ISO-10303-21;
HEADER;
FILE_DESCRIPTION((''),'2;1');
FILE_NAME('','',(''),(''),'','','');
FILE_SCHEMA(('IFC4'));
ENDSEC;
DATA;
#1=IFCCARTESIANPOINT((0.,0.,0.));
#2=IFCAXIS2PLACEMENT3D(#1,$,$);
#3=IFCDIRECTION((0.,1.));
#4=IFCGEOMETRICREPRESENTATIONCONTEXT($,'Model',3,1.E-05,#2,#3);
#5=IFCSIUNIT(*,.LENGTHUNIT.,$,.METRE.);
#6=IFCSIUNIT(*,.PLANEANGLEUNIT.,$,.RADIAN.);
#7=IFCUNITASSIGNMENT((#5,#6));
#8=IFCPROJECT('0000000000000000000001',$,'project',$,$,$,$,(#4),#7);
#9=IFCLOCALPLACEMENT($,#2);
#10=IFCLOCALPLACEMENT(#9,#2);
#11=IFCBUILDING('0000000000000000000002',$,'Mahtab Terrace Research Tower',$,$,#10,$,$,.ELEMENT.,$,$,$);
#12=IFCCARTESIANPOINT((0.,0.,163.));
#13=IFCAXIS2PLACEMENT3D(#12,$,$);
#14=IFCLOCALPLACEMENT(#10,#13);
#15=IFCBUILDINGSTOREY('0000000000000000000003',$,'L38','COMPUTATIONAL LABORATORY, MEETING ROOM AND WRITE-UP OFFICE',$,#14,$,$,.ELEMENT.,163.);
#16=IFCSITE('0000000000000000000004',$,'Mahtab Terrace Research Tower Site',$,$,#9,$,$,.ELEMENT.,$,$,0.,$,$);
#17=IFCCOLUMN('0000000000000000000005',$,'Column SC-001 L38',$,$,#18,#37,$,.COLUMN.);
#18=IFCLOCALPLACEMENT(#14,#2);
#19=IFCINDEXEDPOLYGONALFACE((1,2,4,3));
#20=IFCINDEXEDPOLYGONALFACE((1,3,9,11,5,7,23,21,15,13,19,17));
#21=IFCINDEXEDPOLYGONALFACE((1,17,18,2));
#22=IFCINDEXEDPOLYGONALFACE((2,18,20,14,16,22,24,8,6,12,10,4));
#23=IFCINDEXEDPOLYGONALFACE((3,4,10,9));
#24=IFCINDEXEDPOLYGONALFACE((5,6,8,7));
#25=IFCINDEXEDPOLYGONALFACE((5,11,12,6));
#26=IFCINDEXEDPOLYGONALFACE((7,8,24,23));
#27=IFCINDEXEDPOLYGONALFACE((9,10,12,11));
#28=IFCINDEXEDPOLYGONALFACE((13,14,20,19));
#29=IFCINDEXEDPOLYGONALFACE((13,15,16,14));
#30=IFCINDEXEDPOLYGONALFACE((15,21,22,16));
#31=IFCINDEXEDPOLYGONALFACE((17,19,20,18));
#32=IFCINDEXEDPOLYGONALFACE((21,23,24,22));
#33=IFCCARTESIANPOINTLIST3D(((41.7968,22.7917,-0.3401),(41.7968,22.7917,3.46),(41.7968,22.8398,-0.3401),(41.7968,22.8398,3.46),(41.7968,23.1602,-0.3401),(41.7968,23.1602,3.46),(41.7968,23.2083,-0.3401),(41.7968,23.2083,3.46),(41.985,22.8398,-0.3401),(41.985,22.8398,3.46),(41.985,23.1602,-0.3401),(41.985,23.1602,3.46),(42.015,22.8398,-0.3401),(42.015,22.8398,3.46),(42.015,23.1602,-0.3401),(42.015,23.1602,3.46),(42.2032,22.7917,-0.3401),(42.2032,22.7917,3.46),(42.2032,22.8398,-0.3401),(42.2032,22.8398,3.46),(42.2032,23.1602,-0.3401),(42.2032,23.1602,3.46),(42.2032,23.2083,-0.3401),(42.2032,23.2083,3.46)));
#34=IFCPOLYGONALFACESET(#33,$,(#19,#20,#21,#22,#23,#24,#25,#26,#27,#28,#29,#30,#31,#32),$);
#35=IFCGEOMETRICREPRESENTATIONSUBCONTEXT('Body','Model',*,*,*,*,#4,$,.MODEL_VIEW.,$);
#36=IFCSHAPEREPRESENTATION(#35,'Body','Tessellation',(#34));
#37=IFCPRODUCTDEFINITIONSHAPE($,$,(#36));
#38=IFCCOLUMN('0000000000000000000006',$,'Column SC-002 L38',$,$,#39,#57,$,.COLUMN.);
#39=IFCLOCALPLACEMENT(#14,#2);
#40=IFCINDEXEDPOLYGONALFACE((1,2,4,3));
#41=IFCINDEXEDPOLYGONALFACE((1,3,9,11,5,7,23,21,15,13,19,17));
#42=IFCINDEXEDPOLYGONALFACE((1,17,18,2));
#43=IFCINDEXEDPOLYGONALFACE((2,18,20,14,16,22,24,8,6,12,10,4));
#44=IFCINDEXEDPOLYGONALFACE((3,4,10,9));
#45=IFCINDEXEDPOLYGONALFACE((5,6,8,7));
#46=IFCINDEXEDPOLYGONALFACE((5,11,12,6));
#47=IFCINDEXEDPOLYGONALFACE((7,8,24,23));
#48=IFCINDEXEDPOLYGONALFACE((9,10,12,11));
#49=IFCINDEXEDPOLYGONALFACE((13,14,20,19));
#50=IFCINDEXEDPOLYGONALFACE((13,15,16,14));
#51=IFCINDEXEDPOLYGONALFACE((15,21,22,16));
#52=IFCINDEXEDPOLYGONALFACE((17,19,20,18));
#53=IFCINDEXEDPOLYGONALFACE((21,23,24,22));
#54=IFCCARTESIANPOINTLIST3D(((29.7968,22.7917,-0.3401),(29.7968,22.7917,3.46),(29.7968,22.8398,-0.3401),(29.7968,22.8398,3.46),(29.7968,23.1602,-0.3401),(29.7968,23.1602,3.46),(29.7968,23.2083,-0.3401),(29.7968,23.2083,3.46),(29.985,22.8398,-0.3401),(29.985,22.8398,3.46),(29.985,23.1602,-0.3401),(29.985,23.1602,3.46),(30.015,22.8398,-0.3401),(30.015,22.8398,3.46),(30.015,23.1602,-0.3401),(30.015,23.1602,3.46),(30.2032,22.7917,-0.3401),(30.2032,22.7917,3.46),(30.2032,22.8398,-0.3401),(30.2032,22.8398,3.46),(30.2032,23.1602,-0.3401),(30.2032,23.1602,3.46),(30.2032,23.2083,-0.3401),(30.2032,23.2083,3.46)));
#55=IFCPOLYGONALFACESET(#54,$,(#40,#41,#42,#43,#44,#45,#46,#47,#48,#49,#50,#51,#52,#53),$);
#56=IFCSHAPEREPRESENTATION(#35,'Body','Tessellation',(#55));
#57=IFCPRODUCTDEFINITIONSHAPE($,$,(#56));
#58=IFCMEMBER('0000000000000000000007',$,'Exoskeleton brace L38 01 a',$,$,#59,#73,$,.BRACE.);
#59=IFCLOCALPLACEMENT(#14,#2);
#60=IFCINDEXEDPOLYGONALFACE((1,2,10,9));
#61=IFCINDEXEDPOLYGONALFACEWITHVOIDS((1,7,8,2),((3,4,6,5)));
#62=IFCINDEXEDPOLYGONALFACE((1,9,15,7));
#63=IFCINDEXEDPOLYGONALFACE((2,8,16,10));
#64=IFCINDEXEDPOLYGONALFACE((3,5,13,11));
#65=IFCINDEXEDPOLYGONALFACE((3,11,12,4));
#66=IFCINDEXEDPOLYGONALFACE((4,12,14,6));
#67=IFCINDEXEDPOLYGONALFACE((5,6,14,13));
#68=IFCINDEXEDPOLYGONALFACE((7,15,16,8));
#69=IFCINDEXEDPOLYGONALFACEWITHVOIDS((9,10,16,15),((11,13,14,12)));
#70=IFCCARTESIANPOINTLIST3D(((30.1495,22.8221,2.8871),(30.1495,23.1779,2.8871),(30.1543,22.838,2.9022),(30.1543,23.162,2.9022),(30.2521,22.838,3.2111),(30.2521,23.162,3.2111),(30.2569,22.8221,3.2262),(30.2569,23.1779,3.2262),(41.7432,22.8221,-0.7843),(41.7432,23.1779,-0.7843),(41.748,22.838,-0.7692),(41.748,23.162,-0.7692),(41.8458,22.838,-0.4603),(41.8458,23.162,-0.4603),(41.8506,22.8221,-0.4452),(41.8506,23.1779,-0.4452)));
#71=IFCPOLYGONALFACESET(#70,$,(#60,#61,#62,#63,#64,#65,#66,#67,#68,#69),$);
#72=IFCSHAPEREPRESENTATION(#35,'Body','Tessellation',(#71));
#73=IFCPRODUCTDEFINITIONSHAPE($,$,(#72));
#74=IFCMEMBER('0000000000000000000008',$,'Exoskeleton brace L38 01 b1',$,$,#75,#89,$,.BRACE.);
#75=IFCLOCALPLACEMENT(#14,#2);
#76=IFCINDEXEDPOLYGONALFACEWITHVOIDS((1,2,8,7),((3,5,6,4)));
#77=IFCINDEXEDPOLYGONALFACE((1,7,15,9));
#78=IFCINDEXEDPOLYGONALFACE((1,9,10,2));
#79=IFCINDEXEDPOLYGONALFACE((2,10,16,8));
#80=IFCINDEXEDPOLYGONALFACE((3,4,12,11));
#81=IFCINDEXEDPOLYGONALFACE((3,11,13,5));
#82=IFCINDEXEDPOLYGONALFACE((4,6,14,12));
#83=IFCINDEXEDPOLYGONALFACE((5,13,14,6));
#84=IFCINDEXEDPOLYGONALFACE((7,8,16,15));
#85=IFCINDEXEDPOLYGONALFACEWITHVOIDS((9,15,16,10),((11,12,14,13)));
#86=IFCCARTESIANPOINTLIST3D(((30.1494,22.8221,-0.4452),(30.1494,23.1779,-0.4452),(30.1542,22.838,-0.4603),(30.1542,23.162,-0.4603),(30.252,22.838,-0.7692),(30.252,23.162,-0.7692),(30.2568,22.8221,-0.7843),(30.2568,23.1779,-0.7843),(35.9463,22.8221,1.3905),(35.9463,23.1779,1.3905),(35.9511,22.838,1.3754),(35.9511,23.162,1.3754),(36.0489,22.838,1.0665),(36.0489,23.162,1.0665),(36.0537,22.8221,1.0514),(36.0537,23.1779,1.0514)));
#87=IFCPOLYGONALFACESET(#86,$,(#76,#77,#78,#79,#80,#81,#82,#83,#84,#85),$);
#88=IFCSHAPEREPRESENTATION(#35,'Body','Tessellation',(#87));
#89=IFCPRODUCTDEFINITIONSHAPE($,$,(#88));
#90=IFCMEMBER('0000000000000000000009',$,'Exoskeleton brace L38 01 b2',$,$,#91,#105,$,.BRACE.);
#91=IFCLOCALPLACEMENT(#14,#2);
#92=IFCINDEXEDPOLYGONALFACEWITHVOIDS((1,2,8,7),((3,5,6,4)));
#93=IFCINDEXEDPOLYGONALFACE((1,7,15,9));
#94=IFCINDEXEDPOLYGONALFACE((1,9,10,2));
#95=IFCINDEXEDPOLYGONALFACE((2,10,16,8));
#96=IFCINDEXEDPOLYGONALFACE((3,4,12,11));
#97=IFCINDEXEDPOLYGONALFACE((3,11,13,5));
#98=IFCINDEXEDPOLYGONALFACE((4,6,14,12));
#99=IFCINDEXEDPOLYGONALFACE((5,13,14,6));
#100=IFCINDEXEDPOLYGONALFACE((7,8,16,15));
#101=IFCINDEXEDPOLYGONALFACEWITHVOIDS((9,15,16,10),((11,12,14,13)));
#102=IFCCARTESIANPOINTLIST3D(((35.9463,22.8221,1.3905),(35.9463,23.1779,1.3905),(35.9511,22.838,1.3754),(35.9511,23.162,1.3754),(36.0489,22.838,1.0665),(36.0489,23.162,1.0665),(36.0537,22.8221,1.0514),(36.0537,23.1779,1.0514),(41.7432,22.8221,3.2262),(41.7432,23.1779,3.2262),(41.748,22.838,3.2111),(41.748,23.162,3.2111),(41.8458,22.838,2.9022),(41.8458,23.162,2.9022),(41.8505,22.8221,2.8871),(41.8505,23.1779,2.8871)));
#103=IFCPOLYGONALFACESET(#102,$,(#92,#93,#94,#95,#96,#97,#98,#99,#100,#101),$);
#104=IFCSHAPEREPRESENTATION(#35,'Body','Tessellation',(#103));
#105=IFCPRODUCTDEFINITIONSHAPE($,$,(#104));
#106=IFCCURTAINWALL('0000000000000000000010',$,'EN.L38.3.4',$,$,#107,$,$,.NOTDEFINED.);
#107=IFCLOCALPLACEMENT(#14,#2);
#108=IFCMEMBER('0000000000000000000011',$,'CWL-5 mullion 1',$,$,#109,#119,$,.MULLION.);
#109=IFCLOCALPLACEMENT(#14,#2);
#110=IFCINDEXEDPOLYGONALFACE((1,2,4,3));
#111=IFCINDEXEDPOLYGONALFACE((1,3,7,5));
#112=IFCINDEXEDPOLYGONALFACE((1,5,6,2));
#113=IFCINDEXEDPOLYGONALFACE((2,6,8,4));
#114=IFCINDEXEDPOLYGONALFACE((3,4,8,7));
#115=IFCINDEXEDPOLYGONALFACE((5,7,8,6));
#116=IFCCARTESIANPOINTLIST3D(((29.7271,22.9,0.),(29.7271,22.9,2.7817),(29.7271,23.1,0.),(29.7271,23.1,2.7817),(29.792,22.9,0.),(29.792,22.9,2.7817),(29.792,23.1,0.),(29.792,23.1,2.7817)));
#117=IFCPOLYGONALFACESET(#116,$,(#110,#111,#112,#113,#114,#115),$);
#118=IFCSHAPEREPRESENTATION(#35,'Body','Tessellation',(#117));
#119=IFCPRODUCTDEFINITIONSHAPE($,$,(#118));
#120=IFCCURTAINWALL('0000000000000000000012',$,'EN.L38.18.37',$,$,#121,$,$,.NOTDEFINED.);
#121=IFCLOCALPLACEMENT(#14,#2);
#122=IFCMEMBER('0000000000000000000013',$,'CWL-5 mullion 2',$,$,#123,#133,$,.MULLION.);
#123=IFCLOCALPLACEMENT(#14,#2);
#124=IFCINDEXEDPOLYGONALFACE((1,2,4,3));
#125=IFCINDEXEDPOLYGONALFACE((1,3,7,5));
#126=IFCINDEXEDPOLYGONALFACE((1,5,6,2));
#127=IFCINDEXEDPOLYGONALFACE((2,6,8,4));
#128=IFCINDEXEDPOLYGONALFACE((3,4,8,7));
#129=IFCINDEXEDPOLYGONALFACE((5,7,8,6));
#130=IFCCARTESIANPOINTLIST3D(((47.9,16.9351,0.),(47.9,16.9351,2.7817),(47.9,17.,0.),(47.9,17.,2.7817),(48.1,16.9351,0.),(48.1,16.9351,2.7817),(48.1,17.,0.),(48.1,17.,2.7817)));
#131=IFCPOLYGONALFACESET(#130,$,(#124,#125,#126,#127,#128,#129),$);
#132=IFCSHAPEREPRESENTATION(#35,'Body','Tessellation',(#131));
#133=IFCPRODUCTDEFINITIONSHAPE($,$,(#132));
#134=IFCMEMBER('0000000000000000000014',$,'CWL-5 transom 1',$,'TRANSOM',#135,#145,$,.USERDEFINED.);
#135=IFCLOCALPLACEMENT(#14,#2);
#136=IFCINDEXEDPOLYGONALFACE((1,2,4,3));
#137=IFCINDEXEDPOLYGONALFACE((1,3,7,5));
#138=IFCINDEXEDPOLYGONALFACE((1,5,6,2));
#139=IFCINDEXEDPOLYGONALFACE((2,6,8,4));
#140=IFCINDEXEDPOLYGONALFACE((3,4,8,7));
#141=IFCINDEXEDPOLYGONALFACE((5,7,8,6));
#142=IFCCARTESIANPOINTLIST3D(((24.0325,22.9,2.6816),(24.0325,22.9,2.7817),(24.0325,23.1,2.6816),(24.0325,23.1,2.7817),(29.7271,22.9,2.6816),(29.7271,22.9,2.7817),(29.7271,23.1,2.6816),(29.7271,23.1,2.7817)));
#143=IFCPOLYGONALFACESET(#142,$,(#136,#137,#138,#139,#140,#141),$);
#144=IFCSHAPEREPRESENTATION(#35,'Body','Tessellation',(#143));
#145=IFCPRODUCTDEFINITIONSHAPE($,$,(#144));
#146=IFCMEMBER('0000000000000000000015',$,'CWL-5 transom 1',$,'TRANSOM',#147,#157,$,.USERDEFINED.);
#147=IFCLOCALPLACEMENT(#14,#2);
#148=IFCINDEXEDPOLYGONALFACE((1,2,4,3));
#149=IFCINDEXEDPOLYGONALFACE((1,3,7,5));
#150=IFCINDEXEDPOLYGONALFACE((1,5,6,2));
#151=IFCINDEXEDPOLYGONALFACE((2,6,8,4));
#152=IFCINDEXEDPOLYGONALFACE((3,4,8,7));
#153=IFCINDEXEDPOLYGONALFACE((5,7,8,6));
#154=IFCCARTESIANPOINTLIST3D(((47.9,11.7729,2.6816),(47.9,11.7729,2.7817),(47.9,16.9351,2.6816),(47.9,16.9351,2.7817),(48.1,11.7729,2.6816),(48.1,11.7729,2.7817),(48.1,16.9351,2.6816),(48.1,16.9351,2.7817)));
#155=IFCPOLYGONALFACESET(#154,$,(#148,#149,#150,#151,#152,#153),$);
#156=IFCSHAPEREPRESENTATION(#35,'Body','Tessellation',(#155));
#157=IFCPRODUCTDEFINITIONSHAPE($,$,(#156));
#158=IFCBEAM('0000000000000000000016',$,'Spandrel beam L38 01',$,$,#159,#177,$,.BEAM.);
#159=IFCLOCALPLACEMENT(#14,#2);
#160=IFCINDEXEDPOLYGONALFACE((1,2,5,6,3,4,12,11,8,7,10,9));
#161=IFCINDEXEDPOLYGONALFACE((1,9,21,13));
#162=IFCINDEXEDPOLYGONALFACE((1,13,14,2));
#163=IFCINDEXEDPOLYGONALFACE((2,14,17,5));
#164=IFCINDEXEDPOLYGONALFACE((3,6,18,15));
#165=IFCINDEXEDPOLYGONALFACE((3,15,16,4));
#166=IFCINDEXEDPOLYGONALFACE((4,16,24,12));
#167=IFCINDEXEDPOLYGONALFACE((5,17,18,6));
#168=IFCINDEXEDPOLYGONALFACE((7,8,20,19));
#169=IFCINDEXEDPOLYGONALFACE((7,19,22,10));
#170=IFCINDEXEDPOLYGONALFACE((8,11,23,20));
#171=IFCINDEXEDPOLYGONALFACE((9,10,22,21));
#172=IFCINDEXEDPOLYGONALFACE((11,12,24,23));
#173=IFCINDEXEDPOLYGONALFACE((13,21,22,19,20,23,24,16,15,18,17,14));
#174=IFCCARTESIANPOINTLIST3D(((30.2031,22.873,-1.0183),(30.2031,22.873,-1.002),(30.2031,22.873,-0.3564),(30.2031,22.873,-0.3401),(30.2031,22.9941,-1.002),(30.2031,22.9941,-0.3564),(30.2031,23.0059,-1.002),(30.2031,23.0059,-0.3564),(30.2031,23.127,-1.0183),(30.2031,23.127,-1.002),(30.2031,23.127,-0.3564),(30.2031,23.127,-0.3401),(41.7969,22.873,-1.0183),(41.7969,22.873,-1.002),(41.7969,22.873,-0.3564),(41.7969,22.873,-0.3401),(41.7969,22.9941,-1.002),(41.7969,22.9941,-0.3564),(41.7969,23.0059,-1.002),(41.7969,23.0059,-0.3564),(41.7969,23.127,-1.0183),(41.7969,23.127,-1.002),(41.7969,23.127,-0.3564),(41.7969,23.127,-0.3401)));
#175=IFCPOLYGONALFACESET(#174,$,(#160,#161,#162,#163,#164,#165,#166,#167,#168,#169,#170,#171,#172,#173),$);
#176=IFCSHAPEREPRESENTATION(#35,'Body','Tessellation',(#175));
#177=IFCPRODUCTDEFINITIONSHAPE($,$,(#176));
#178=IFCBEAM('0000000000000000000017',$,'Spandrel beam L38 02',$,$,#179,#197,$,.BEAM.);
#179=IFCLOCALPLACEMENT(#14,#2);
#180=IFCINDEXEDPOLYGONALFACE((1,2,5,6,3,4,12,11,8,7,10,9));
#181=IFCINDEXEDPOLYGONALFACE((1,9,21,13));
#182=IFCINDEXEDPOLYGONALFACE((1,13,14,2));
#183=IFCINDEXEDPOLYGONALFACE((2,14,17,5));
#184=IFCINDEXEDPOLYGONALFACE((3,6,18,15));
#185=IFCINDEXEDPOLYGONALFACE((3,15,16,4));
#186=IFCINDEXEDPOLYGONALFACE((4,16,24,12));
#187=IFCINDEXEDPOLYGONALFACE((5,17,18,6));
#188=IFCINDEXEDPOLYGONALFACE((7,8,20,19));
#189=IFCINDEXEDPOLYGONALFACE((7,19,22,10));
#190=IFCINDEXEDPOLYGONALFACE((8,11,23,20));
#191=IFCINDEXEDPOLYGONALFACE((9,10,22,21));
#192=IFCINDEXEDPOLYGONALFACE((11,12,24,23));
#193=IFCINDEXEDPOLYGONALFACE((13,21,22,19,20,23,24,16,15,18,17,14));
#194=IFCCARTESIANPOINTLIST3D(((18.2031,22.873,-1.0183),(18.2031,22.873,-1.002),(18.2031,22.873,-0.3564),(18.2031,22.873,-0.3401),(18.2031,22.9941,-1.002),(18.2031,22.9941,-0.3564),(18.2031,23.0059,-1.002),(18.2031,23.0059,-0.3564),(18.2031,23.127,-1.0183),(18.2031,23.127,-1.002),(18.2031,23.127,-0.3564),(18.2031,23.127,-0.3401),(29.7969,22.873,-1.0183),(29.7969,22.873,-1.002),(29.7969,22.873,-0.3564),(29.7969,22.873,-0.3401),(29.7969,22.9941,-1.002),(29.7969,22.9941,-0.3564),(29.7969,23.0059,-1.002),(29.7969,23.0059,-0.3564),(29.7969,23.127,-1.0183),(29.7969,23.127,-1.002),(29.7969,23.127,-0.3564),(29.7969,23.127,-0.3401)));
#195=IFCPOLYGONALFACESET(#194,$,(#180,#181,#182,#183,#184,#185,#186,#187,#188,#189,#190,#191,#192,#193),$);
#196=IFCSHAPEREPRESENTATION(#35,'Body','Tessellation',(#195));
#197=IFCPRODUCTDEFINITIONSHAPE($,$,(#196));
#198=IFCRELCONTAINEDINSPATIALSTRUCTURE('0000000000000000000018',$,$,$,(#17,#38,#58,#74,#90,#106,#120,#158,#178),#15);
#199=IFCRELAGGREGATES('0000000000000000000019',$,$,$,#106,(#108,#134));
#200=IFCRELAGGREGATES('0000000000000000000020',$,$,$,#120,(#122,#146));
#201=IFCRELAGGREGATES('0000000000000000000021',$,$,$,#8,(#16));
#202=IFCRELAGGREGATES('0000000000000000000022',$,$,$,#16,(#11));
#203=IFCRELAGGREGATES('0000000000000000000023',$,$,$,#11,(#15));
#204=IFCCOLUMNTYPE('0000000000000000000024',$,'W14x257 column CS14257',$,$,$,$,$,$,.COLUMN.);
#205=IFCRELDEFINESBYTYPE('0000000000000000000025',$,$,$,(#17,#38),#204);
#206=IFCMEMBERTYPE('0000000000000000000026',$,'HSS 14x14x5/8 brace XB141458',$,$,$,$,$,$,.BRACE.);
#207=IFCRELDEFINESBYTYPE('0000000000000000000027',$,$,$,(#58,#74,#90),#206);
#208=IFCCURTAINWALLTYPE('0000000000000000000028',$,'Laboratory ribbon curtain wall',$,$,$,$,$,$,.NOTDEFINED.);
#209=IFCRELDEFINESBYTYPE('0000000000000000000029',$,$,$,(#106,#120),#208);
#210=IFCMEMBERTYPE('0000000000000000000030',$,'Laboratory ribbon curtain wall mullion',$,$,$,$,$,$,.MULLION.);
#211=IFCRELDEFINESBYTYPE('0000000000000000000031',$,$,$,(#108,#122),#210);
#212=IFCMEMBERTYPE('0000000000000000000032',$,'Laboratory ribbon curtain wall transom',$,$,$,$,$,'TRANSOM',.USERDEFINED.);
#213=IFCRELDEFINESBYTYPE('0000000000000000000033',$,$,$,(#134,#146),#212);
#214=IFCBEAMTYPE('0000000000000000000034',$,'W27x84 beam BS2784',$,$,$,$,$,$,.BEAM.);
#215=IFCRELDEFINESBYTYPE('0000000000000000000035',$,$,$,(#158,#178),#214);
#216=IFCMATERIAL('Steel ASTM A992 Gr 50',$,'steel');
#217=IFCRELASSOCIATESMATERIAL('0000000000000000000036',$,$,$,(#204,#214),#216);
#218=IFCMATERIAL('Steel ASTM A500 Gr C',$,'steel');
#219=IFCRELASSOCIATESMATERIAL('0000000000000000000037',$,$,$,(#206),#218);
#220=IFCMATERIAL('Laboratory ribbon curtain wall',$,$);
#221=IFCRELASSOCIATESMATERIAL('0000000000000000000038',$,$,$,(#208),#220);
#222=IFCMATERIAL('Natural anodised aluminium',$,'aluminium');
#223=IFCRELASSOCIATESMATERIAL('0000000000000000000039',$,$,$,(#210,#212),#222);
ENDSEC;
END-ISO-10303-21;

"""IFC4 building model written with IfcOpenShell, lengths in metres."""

from ifc_helpers import new_model, si_unit, direction, frame, origin, origin_2d, place, context, subcontext, project, spatial, rectangle, hollow_rectangle, i_section, extrude, material, material_profile, profile_set, type_object, element, aggregate, save


model = new_model("IFC4")

# Units and contexts
model_context = context("Model", 3, precision=1e-05, world=origin(), true_north=direction((0.0, 1.0)))
body_context = subcontext(model_context, "Body", "Model", "MODEL_VIEW")
ifc_project = project(units=[si_unit("LENGTHUNIT", "METRE"), si_unit("PLANEANGLEUNIT", "RADIAN")], contexts=[model_context])

# Site, building, storey
site_placement = place(None, origin())
site = spatial("IfcSite", under=ifc_project, at=site_placement, Name="Mahtab Terrace Research Tower Site", CompositionType="ELEMENT", RefElevation=0.0)
building_placement = place(site_placement, origin())
building = spatial("IfcBuilding", under=site, at=building_placement, Name="Mahtab Terrace Research Tower", CompositionType="ELEMENT")
storey_placement = place(building_placement, frame((0.0, 0.0, 163.0)))
storey = spatial("IfcBuildingStorey", under=building, at=storey_placement, Name="L38", Description="COMPUTATIONAL LABORATORY, MEETING ROOM AND WRITE-UP OFFICE", CompositionType="ELEMENT", Elevation=163.0)

# Columns
ifc_material_1 = material(Name="Steel ASTM A992 Gr 50", Category="steel")
ifc_material_profile_1 = material_profile(ifc_material_1, i_section(OverallWidth=0.4065, OverallDepth=0.4165, WebThickness=0.03, FlangeThickness=0.0481, at=origin_2d()), Name="W14X257")
ifc_profile_set_1 = profile_set([ifc_material_profile_1], Name="Steel ASTM A992 Gr 50")
column_type = type_object("IfcColumnType", Name="W14x257 column CS14257", PredefinedType="COLUMN", material=ifc_profile_set_1)
for number, where, z_axis, x_axis, name in (
    (1, (42.0, 23.0, -0.3401), (0.0, 0.0, 1.0), (1.0, 0.0, 0.0), "Column SC-001 L38"),
    (2, (30.0, 23.0, -0.3401), (0.0, 0.0, 1.0), (1.0, 0.0, 0.0), "Column SC-002 L38"),
):
    element("IfcColumn", number, at=place(storey_placement, frame(where, z_axis=z_axis, x_axis=x_axis)), inside=storey, type_object=column_type, Name=name, PredefinedType="COLUMN", context=body_context, shape_type="SweptSolid", body=[
        extrude(i_section(OverallWidth=0.4065, OverallDepth=0.4165, WebThickness=0.03, FlangeThickness=0.0481, at=origin_2d()), origin(), (0.0, 0.0, 1.0), 3.8),
    ])

# Members
ifc_material_2 = material(Name="Steel ASTM A500 Gr C", Category="steel")
ifc_material_profile_2 = material_profile(ifc_material_2, hollow_rectangle(XDim=0.3557, YDim=0.3557, WallThickness=0.0159, at=origin_2d()), Name="HSS14X14X5/8")
ifc_profile_set_2 = profile_set([ifc_material_profile_2], Name="Steel ASTM A500 Gr C")
member_type_1 = type_object("IfcMemberType", Name="HSS 14x14x5/8 brace XB141458", PredefinedType="BRACE", material=ifc_profile_set_2)
member_1_placement = place(storey_placement, frame((41.7969, 23.0, -0.6147), z_axis=(-0.953341, 0.0, 0.301894), x_axis=(0.0, -1.0, 0.0)))
element("IfcMember", 3, at=member_1_placement, inside=storey, type_object=member_type_1, Name="Exoskeleton brace L38 01 a", PredefinedType="BRACE", context=body_context, shape_type="SweptSolid", body=[
    extrude(hollow_rectangle(XDim=0.3557, YDim=0.3557, WallThickness=0.0159, at=origin_2d()), origin(), (0.0, 0.0, 1.0), 12.1611),
])
for number, where, z_axis, x_axis, name in (
    (4, (30.2031, 23.0, -0.6147), (0.953341, 0.0, 0.301894), (0.0, 1.0, 0.0), "Exoskeleton brace L38 01 b1"),
    (5, (36.0, 23.0, 1.2209), (0.953341, 0.0, 0.301894), (0.0, 1.0, 0.0), "Exoskeleton brace L38 01 b2"),
):
    element("IfcMember", number, at=place(storey_placement, frame(where, z_axis=z_axis, x_axis=x_axis)), inside=storey, type_object=member_type_1, Name=name, PredefinedType="BRACE", context=body_context, shape_type="SweptSolid", body=[
        extrude(hollow_rectangle(XDim=0.3557, YDim=0.3557, WallThickness=0.0159, at=origin_2d()), origin(), (0.0, 0.0, 1.0), 6.0806),
    ])

# Curtain walls, members
ifc_material_3 = material(Name="Laboratory ribbon curtain wall")
curtain_wall_type = type_object("IfcCurtainWallType", Name="Laboratory ribbon curtain wall", PredefinedType="NOTDEFINED", material=ifc_material_3)
curtain_wall_1_placement = place(storey_placement, origin())
curtain_wall_1 = element("IfcCurtainWall", 6, at=curtain_wall_1_placement, inside=storey, type_object=curtain_wall_type, Name="EN.L38.3.4", PredefinedType="NOTDEFINED")
ifc_material_4 = material(Name="Natural anodised aluminium", Category="aluminium")
ifc_material_profile_3 = material_profile(ifc_material_4, rectangle(XDim=0.2, YDim=0.0649, at=origin_2d()), Name="MULLION 65x200")
ifc_profile_set_3 = profile_set([ifc_material_profile_3], Name="Natural anodised aluminium")
member_type_2 = type_object("IfcMemberType", Name="Laboratory ribbon curtain wall mullion", PredefinedType="MULLION", material=ifc_profile_set_3)
member_2_placement = place(storey_placement, frame((29.7595, 23.0, 0.0), z_axis=(0.0, 0.0, 1.0), x_axis=(0.0, -1.0, 0.0)))
member_2 = element("IfcMember", 7, at=member_2_placement, type_object=member_type_2, Name="CWL-5 mullion 1", PredefinedType="MULLION", context=body_context, shape_type="SweptSolid", body=[
    extrude(rectangle(XDim=0.2, YDim=0.0649, at=origin_2d()), origin(), (0.0, 0.0, 1.0), 2.7817),
])
curtain_wall_2_placement = place(storey_placement, origin())
curtain_wall_2 = element("IfcCurtainWall", 8, at=curtain_wall_2_placement, inside=storey, type_object=curtain_wall_type, Name="EN.L38.18.37", PredefinedType="NOTDEFINED")
member_3_placement = place(storey_placement, frame((48.0, 16.9675, 0.0), z_axis=(0.0, 0.0, 1.0), x_axis=(-1.0, 0.0, 0.0)))
member_3 = element("IfcMember", 9, at=member_3_placement, type_object=member_type_2, Name="CWL-5 mullion 2", PredefinedType="MULLION", context=body_context, shape_type="SweptSolid", body=[
    extrude(rectangle(XDim=0.2, YDim=0.0649, at=origin_2d()), origin(), (0.0, 0.0, 1.0), 2.7817),
])

# Members
ifc_material_profile_4 = material_profile(ifc_material_4, rectangle(XDim=0.2, YDim=0.1001, at=origin_2d()), Name="TRANSOM 100x200")
ifc_profile_set_4 = profile_set([ifc_material_profile_4], Name="Natural anodised aluminium")
member_type_3 = type_object("IfcMemberType", Name="Laboratory ribbon curtain wall transom", ElementType="TRANSOM", PredefinedType="USERDEFINED", material=ifc_profile_set_4)
member_4_placement = place(storey_placement, frame((29.7271, 23.0, 2.7317), z_axis=(-1.0, 0.0, 0.0), x_axis=(0.0, -1.0, 0.0)))
member_4 = element("IfcMember", 10, at=member_4_placement, type_object=member_type_3, Name="CWL-5 transom 1", ObjectType="TRANSOM", PredefinedType="USERDEFINED", context=body_context, shape_type="SweptSolid", body=[
    extrude(rectangle(XDim=0.2, YDim=0.1001, at=origin_2d()), origin(), (0.0, 0.0, 1.0), 5.6946),
])
member_5_placement = place(storey_placement, frame((48.0, 11.7729, 2.7317), z_axis=(0.0, 1.0, 0.0), x_axis=(-1.0, 0.0, 0.0)))
member_5 = element("IfcMember", 11, at=member_5_placement, type_object=member_type_3, Name="CWL-5 transom 1", ObjectType="TRANSOM", PredefinedType="USERDEFINED", context=body_context, shape_type="SweptSolid", body=[
    extrude(rectangle(XDim=0.2, YDim=0.1001, at=origin_2d()), origin(), (0.0, 0.0, 1.0), 5.1621),
])

# Beams
ifc_material_profile_5 = material_profile(ifc_material_1, i_section(OverallWidth=0.2539, OverallDepth=0.6782, WebThickness=0.0117, FlangeThickness=0.0164, at=origin_2d()), Name="W27X84")
ifc_profile_set_5 = profile_set([ifc_material_profile_5], Name="Steel ASTM A992 Gr 50")
beam_type = type_object("IfcBeamType", Name="W27x84 beam BS2784", PredefinedType="BEAM", material=ifc_profile_set_5)
for number, where, z_axis, x_axis, name in (
    (12, (41.7969, 23.0, -0.6792), (-1.0, 0.0, 0.0), (0.0, -1.0, 0.0), "Spandrel beam L38 01"),
    (13, (29.7969, 23.0, -0.6792), (-1.0, 0.0, 0.0), (0.0, -1.0, 0.0), "Spandrel beam L38 02"),
):
    element("IfcBeam", number, at=place(storey_placement, frame(where, z_axis=z_axis, x_axis=x_axis)), inside=storey, type_object=beam_type, Name=name, PredefinedType="BEAM", context=body_context, shape_type="SweptSolid", body=[
        extrude(i_section(OverallWidth=0.2539, OverallDepth=0.6782, WebThickness=0.0117, FlangeThickness=0.0164, at=origin_2d()), origin(), (0.0, 0.0, 1.0), 11.5938),
    ])

aggregate(curtain_wall_1, [member_2, member_4])
aggregate(curtain_wall_2, [member_3, member_5])

save(model, "model.ifc")
